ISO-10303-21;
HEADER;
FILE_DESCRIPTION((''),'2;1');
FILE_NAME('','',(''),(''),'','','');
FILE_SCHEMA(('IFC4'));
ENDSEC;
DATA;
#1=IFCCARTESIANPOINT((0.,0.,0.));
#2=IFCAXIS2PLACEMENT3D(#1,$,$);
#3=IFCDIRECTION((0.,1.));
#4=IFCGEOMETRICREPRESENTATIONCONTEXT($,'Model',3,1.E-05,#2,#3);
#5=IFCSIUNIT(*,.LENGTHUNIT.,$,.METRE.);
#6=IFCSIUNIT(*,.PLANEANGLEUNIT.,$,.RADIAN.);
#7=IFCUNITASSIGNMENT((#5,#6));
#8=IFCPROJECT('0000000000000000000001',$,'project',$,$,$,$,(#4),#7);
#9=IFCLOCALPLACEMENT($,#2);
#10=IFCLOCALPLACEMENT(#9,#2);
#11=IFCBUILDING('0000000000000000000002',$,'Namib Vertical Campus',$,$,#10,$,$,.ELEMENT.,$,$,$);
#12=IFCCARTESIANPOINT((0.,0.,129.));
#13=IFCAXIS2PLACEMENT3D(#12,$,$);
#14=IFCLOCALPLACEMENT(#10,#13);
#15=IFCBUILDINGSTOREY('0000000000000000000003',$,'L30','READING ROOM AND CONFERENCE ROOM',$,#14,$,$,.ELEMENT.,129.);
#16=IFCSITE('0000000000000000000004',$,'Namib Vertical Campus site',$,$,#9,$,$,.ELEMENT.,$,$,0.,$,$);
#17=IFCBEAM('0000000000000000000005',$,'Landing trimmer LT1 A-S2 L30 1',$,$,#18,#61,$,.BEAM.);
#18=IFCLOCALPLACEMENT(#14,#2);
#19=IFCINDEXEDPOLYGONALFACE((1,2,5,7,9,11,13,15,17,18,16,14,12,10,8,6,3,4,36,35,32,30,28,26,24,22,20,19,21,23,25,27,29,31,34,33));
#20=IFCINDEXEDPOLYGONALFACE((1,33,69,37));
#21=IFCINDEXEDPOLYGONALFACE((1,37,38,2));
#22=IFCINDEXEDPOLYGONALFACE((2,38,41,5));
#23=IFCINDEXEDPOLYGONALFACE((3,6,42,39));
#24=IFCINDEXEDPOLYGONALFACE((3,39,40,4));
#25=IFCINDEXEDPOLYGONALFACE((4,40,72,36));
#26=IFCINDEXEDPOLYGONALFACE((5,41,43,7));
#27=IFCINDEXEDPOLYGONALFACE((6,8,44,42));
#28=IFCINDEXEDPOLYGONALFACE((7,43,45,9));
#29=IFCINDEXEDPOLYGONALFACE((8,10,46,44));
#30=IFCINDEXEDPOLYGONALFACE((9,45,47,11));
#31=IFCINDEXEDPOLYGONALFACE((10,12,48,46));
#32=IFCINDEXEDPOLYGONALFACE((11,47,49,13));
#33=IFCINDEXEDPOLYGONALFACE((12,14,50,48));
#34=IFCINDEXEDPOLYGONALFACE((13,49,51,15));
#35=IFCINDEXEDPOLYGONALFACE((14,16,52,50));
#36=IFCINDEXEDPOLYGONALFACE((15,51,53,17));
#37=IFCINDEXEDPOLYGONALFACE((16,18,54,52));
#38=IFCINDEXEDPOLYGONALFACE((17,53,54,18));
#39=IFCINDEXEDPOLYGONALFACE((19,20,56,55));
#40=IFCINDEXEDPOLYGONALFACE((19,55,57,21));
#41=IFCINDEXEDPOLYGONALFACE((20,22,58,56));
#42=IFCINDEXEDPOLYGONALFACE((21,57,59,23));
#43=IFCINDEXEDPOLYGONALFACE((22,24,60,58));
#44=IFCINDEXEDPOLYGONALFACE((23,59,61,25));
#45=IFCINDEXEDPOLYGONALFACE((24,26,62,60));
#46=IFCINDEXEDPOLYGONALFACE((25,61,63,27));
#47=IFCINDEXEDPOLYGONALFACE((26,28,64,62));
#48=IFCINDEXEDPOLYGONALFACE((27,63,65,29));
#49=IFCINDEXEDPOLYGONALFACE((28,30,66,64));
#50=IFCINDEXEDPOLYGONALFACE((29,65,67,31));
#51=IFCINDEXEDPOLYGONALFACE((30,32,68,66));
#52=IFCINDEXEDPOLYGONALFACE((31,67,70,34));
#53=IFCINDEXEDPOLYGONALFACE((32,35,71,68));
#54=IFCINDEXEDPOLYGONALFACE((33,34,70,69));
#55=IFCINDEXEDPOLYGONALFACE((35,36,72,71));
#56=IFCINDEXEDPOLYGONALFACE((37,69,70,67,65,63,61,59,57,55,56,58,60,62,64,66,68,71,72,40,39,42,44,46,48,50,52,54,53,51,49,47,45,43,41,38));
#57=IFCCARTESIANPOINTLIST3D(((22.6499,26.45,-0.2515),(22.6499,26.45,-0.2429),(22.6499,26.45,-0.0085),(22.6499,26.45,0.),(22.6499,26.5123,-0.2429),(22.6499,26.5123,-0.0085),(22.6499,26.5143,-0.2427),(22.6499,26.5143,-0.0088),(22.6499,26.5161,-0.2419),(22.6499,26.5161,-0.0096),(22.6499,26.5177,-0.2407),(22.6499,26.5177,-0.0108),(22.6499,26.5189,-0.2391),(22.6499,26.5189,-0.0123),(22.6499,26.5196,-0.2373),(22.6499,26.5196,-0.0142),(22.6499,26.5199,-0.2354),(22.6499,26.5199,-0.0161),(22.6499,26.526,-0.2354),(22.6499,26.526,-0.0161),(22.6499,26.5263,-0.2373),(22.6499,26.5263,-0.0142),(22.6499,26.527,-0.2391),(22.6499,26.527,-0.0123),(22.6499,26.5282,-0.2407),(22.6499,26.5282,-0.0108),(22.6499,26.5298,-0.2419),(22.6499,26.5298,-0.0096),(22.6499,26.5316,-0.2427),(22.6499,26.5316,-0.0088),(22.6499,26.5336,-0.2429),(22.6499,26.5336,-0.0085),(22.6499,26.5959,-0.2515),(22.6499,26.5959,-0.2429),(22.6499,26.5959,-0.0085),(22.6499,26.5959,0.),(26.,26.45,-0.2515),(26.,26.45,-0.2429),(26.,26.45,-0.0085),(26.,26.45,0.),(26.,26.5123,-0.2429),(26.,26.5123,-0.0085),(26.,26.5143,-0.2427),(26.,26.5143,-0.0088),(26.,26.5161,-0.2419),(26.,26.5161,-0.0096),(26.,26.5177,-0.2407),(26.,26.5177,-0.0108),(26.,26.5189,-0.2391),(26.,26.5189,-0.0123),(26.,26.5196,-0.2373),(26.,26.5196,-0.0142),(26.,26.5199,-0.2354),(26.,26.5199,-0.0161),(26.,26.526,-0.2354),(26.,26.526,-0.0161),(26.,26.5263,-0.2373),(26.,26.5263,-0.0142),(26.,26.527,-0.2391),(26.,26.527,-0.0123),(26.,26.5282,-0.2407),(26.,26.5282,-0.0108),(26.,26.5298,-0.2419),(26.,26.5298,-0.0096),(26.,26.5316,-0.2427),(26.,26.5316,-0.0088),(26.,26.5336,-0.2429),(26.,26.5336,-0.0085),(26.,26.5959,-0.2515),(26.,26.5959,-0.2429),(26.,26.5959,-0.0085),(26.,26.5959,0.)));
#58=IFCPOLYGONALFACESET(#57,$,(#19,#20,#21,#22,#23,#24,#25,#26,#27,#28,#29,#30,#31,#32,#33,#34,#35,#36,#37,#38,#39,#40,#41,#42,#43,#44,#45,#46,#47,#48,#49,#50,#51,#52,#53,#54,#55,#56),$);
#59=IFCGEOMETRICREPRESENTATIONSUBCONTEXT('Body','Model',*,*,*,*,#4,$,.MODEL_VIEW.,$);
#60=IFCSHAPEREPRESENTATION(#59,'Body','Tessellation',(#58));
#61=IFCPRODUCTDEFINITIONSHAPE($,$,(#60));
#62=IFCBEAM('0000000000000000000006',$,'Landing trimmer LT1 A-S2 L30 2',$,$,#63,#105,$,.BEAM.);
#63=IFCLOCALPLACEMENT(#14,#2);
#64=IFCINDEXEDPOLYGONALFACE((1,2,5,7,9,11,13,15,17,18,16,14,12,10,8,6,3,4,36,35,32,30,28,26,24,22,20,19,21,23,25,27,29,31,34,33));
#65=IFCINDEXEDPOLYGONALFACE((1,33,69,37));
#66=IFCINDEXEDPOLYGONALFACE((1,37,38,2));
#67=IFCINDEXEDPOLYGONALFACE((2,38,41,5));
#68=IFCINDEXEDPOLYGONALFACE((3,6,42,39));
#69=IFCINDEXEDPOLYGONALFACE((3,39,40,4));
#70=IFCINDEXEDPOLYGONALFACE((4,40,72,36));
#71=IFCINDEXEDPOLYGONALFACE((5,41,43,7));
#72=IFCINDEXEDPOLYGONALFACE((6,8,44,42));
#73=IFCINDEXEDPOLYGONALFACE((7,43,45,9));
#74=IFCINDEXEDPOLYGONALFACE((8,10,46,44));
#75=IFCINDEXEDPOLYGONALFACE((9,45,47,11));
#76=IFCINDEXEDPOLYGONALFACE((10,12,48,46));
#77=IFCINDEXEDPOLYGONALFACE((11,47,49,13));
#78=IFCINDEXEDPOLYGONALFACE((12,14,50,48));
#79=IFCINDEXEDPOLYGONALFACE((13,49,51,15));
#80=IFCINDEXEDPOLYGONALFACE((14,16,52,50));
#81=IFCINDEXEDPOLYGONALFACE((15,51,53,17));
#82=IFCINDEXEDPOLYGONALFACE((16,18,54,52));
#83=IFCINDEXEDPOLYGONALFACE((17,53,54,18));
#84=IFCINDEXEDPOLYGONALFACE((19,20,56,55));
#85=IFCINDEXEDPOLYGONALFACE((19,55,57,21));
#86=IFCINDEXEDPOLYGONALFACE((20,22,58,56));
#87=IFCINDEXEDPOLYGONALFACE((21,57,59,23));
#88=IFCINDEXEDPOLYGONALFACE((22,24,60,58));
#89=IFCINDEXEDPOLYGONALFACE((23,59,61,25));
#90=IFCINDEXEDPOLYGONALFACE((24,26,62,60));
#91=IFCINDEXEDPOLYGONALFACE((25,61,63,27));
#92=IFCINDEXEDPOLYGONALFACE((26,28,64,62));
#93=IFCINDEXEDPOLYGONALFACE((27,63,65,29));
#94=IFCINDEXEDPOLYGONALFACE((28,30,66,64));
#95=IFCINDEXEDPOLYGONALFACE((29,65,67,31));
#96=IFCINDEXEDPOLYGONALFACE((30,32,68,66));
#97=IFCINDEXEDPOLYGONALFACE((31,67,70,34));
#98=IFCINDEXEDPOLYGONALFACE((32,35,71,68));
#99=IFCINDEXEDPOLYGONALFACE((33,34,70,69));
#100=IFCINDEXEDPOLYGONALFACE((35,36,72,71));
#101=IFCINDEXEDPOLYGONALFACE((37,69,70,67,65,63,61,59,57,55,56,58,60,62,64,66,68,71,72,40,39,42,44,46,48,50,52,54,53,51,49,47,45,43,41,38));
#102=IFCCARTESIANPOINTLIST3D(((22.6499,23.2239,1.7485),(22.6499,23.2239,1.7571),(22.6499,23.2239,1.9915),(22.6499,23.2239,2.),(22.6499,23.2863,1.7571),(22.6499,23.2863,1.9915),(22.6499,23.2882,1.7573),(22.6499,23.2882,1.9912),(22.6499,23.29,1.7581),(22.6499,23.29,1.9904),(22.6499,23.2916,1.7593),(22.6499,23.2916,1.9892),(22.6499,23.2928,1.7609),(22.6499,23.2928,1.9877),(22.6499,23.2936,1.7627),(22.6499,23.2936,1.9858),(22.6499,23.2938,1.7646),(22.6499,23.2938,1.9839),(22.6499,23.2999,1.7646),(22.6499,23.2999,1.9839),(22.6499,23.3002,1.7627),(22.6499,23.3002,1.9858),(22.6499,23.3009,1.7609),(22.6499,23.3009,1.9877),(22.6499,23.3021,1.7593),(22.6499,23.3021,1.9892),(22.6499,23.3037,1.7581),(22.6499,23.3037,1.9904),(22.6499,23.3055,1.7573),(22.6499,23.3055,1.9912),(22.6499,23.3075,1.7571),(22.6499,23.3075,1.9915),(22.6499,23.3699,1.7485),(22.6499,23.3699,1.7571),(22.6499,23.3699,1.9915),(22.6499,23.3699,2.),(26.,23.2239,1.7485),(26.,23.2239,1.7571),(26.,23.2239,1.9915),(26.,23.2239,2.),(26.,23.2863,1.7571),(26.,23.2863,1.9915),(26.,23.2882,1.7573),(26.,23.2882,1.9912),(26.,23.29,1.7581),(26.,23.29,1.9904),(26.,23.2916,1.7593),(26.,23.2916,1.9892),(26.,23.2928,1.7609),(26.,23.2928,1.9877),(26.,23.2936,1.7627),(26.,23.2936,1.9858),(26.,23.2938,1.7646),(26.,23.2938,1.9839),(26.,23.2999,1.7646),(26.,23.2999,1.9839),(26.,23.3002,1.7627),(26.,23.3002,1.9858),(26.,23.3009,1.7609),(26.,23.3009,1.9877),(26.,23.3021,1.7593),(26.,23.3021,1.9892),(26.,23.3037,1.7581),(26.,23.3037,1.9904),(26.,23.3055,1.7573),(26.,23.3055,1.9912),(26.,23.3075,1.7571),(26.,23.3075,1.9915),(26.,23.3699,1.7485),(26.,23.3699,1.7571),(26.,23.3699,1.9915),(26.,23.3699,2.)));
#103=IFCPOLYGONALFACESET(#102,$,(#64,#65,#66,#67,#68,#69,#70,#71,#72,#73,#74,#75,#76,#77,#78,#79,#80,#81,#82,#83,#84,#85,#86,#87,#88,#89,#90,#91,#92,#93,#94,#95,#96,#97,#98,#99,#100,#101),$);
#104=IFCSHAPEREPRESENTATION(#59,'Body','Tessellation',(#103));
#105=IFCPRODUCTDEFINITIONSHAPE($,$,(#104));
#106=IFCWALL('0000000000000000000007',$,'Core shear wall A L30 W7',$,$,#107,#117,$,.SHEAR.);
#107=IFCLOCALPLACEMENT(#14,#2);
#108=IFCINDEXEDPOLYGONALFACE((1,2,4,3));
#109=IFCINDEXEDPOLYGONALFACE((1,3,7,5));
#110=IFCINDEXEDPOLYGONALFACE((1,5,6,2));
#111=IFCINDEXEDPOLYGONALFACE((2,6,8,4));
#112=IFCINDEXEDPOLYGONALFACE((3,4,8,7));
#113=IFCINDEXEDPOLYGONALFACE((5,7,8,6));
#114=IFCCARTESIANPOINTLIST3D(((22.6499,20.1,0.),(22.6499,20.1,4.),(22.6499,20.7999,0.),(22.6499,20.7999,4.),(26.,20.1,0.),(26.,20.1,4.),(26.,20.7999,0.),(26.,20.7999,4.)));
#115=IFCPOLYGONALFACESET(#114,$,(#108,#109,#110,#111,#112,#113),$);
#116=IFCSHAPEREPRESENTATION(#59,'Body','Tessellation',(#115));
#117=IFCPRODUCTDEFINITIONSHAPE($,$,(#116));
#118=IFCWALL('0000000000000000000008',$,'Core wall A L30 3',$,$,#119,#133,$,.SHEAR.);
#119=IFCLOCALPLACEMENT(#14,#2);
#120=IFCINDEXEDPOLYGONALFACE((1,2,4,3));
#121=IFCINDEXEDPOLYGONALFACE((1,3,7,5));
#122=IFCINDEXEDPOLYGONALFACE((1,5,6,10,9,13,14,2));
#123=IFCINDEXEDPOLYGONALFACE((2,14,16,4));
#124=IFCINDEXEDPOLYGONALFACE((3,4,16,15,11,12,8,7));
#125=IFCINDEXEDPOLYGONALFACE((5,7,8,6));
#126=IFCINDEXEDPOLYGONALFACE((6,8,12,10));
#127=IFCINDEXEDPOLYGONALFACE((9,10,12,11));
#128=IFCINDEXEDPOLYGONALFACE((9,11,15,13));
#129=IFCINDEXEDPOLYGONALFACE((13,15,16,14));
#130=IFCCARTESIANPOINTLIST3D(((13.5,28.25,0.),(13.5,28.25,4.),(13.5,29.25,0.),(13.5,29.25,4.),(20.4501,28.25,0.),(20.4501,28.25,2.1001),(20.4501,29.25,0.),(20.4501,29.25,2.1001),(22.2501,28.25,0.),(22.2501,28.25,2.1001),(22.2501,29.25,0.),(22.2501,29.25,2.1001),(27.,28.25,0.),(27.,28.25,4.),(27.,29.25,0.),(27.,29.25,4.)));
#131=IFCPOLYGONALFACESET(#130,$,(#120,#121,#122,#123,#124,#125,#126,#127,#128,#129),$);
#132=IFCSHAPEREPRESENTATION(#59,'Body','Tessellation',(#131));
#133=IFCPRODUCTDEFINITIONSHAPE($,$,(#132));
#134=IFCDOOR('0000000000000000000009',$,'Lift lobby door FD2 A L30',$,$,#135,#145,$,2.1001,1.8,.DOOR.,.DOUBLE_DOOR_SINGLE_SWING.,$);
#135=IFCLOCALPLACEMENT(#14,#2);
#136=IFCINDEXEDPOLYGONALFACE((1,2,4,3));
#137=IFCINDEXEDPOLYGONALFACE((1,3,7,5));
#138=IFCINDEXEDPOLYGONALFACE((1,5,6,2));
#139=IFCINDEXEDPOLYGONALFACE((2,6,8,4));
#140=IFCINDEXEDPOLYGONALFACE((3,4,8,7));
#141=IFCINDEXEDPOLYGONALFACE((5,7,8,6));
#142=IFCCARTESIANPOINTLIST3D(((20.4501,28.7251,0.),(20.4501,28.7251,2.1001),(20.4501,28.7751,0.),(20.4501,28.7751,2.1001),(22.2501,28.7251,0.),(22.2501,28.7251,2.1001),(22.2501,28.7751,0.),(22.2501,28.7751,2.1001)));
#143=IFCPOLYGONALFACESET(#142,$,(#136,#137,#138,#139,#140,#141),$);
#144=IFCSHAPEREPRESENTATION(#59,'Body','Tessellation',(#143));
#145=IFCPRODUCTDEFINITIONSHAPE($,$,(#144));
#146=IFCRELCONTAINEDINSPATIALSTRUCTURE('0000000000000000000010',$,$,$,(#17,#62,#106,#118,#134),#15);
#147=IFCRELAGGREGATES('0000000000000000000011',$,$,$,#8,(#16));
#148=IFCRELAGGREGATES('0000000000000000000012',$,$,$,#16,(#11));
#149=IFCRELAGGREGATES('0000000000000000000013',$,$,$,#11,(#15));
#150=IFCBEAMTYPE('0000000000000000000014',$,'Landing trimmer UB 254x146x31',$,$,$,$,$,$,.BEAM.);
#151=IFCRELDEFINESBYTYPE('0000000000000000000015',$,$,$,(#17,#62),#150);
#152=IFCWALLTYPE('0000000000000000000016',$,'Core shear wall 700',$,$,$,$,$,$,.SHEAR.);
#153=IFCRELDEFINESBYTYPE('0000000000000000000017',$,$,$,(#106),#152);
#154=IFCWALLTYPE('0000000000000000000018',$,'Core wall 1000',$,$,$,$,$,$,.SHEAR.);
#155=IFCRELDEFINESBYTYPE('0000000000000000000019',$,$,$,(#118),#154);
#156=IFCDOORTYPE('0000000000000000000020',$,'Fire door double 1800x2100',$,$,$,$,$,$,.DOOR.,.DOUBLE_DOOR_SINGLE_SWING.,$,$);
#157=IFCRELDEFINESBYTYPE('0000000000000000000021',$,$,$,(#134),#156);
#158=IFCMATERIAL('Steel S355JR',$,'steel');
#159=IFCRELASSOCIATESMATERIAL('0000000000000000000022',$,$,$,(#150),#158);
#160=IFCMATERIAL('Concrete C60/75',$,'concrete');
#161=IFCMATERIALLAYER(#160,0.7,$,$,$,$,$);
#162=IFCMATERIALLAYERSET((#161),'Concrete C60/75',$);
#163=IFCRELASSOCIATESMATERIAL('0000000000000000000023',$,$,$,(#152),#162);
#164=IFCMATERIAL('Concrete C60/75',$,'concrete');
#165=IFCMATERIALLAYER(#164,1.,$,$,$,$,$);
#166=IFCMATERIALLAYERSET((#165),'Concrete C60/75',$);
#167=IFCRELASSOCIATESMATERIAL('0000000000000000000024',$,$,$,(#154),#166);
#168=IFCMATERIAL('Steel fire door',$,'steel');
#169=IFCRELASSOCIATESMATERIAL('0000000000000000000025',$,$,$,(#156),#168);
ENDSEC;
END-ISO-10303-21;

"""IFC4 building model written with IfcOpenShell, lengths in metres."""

from ifc_helpers import new_model, si_unit, direction, frame, frame_2d, origin, origin_2d, place, context, subcontext, project, spatial, rectangle, i_section, extrude, material, layer, layer_set, material_profile, profile_set, type_object, element, fill, save


model = new_model("IFC4")

# Units and contexts
model_context = context("Model", 3, precision=1e-05, world=origin(), true_north=direction((0.0, 1.0)))
body_context = subcontext(model_context, "Body", "Model", "MODEL_VIEW")
ifc_project = project(units=[si_unit("LENGTHUNIT", "METRE"), si_unit("PLANEANGLEUNIT", "RADIAN")], contexts=[model_context])

# Site, building, storey
site_placement = place(None, origin())
site = spatial("IfcSite", under=ifc_project, at=site_placement, Name="Namib Vertical Campus site", CompositionType="ELEMENT", RefElevation=0.0)
building_placement = place(site_placement, origin())
building = spatial("IfcBuilding", under=site, at=building_placement, Name="Namib Vertical Campus", CompositionType="ELEMENT")
storey_placement = place(building_placement, frame((0.0, 0.0, 129.0)))
storey = spatial("IfcBuildingStorey", under=building, at=storey_placement, Name="L30", Description="READING ROOM AND CONFERENCE ROOM", CompositionType="ELEMENT", Elevation=129.0)

# Beams
ifc_material_1 = material(Name="Steel S355JR", Category="steel")
ifc_material_profile = material_profile(ifc_material_1, i_section(OverallWidth=0.146, OverallDepth=0.2515, WebThickness=0.0061, FlangeThickness=0.0085, FilletRadius=0.0076, at=origin_2d()))
ifc_profile_set = profile_set([ifc_material_profile], Name="Steel S355JR")
beam_type = type_object("IfcBeamType", Name="Landing trimmer UB 254x146x31", PredefinedType="BEAM", material=ifc_profile_set)
for number, where, z_axis, x_axis, name in (
    (1, (22.6499, 26.5229, -0.1257), (1.0, 0.0, 0.0), (0.0, 1.0, 0.0), "Landing trimmer LT1 A-S2 L30 1"),
    (2, (22.6499, 23.2969, 1.8743), (1.0, 0.0, 0.0), (0.0, 1.0, 0.0), "Landing trimmer LT1 A-S2 L30 2"),
):
    element("IfcBeam", number, at=place(storey_placement, frame(where, z_axis=z_axis, x_axis=x_axis)), inside=storey, type_object=beam_type, Name=name, PredefinedType="BEAM", context=body_context, shape_type="SweptSolid", body=[
        extrude(i_section(OverallWidth=0.146, OverallDepth=0.2515, WebThickness=0.0061, FlangeThickness=0.0085, FilletRadius=0.0076, at=origin_2d()), origin(), (0.0, 0.0, 1.0), 3.3501),
    ])

# Wall
ifc_material_2 = material(Name="Concrete C60/75", Category="concrete")
ifc_layer_1 = layer(ifc_material_2, 0.7)
ifc_layer_set_1 = layer_set([ifc_layer_1], Name="Concrete C60/75")
wall_type_1 = type_object("IfcWallType", Name="Core shear wall 700", PredefinedType="SHEAR", material=ifc_layer_set_1)
wall_1_placement = place(storey_placement, frame((22.6499, 20.45, 0.0), z_axis=(0.0, 0.0, 1.0), x_axis=(1.0, 0.0, 0.0)))
element("IfcWall", 3, at=wall_1_placement, inside=storey, type_object=wall_type_1, Name="Core shear wall A L30 W7", PredefinedType="SHEAR", context=body_context, shape_type="SweptSolid", body=[
    extrude(rectangle(XDim=3.3501, YDim=0.7, at=frame_2d((1.675, 0.0))), origin(), (0.0, 0.0, 1.0), 4.0),
])

# Wall, opening, door
ifc_material_3 = material(Name="Concrete C60/75", Category="concrete")
ifc_layer_2 = layer(ifc_material_3, 1.0)
ifc_layer_set_2 = layer_set([ifc_layer_2], Name="Concrete C60/75")
wall_type_2 = type_object("IfcWallType", Name="Core wall 1000", PredefinedType="SHEAR", material=ifc_layer_set_2)
wall_2_placement = place(storey_placement, frame((27.0, 28.75, 0.0), z_axis=(0.0, 0.0, 1.0), x_axis=(-1.0, 0.0, 0.0)))
wall_2 = element("IfcWall", 4, at=wall_2_placement, inside=storey, type_object=wall_type_2, Name="Core wall A L30 3", PredefinedType="SHEAR", context=body_context, shape_type="SweptSolid", body=[
    extrude(rectangle(XDim=13.5, YDim=1.0, at=frame_2d((6.75, 0.0))), origin(), (0.0, 0.0, 1.0), 4.0),
])
opening_1_placement = place(wall_2_placement, frame((4.75, 0.0, 0.0)))
opening_1 = element("IfcOpeningElement", 5, at=opening_1_placement, cuts=wall_2, PredefinedType="OPENING", context=body_context, shape_type="SweptSolid", body=[
    extrude(rectangle(XDim=1.8, YDim=2.1001, at=frame_2d((0.8999, 1.05))), frame((0.0, 0.51, 0.0), z_axis=(0.0, -1.0, 0.0), x_axis=(1.0, 0.0, 0.0)), (0.0, 0.0, 1.0), 1.02),
])
ifc_material_4 = material(Name="Steel fire door", Category="steel")
door_type_1 = type_object("IfcDoorType", Name="Fire door double 1800x2100", OperationType="DOUBLE_DOOR_SINGLE_SWING", PredefinedType="DOOR", material=ifc_material_4)
door_1_placement = place(opening_1_placement, origin())
door_1 = element("IfcDoor", 6, at=door_1_placement, inside=storey, type_object=door_type_1, Name="Lift lobby door FD2 A L30", OperationType="DOUBLE_DOOR_SINGLE_SWING", OverallHeight=2.1001, OverallWidth=1.8, PredefinedType="DOOR", context=body_context, shape_type="SweptSolid", body=[
    extrude(rectangle(XDim=1.8, YDim=2.1001, at=frame_2d((0.8999, 1.05))), frame((0.0, 0.0249, 0.0), z_axis=(0.0, -1.0, 0.0), x_axis=(1.0, 0.0, 0.0)), (0.0, 0.0, 1.0), 0.05),
])
fill(opening_1, door_1)

save(model, "model.ifc")
